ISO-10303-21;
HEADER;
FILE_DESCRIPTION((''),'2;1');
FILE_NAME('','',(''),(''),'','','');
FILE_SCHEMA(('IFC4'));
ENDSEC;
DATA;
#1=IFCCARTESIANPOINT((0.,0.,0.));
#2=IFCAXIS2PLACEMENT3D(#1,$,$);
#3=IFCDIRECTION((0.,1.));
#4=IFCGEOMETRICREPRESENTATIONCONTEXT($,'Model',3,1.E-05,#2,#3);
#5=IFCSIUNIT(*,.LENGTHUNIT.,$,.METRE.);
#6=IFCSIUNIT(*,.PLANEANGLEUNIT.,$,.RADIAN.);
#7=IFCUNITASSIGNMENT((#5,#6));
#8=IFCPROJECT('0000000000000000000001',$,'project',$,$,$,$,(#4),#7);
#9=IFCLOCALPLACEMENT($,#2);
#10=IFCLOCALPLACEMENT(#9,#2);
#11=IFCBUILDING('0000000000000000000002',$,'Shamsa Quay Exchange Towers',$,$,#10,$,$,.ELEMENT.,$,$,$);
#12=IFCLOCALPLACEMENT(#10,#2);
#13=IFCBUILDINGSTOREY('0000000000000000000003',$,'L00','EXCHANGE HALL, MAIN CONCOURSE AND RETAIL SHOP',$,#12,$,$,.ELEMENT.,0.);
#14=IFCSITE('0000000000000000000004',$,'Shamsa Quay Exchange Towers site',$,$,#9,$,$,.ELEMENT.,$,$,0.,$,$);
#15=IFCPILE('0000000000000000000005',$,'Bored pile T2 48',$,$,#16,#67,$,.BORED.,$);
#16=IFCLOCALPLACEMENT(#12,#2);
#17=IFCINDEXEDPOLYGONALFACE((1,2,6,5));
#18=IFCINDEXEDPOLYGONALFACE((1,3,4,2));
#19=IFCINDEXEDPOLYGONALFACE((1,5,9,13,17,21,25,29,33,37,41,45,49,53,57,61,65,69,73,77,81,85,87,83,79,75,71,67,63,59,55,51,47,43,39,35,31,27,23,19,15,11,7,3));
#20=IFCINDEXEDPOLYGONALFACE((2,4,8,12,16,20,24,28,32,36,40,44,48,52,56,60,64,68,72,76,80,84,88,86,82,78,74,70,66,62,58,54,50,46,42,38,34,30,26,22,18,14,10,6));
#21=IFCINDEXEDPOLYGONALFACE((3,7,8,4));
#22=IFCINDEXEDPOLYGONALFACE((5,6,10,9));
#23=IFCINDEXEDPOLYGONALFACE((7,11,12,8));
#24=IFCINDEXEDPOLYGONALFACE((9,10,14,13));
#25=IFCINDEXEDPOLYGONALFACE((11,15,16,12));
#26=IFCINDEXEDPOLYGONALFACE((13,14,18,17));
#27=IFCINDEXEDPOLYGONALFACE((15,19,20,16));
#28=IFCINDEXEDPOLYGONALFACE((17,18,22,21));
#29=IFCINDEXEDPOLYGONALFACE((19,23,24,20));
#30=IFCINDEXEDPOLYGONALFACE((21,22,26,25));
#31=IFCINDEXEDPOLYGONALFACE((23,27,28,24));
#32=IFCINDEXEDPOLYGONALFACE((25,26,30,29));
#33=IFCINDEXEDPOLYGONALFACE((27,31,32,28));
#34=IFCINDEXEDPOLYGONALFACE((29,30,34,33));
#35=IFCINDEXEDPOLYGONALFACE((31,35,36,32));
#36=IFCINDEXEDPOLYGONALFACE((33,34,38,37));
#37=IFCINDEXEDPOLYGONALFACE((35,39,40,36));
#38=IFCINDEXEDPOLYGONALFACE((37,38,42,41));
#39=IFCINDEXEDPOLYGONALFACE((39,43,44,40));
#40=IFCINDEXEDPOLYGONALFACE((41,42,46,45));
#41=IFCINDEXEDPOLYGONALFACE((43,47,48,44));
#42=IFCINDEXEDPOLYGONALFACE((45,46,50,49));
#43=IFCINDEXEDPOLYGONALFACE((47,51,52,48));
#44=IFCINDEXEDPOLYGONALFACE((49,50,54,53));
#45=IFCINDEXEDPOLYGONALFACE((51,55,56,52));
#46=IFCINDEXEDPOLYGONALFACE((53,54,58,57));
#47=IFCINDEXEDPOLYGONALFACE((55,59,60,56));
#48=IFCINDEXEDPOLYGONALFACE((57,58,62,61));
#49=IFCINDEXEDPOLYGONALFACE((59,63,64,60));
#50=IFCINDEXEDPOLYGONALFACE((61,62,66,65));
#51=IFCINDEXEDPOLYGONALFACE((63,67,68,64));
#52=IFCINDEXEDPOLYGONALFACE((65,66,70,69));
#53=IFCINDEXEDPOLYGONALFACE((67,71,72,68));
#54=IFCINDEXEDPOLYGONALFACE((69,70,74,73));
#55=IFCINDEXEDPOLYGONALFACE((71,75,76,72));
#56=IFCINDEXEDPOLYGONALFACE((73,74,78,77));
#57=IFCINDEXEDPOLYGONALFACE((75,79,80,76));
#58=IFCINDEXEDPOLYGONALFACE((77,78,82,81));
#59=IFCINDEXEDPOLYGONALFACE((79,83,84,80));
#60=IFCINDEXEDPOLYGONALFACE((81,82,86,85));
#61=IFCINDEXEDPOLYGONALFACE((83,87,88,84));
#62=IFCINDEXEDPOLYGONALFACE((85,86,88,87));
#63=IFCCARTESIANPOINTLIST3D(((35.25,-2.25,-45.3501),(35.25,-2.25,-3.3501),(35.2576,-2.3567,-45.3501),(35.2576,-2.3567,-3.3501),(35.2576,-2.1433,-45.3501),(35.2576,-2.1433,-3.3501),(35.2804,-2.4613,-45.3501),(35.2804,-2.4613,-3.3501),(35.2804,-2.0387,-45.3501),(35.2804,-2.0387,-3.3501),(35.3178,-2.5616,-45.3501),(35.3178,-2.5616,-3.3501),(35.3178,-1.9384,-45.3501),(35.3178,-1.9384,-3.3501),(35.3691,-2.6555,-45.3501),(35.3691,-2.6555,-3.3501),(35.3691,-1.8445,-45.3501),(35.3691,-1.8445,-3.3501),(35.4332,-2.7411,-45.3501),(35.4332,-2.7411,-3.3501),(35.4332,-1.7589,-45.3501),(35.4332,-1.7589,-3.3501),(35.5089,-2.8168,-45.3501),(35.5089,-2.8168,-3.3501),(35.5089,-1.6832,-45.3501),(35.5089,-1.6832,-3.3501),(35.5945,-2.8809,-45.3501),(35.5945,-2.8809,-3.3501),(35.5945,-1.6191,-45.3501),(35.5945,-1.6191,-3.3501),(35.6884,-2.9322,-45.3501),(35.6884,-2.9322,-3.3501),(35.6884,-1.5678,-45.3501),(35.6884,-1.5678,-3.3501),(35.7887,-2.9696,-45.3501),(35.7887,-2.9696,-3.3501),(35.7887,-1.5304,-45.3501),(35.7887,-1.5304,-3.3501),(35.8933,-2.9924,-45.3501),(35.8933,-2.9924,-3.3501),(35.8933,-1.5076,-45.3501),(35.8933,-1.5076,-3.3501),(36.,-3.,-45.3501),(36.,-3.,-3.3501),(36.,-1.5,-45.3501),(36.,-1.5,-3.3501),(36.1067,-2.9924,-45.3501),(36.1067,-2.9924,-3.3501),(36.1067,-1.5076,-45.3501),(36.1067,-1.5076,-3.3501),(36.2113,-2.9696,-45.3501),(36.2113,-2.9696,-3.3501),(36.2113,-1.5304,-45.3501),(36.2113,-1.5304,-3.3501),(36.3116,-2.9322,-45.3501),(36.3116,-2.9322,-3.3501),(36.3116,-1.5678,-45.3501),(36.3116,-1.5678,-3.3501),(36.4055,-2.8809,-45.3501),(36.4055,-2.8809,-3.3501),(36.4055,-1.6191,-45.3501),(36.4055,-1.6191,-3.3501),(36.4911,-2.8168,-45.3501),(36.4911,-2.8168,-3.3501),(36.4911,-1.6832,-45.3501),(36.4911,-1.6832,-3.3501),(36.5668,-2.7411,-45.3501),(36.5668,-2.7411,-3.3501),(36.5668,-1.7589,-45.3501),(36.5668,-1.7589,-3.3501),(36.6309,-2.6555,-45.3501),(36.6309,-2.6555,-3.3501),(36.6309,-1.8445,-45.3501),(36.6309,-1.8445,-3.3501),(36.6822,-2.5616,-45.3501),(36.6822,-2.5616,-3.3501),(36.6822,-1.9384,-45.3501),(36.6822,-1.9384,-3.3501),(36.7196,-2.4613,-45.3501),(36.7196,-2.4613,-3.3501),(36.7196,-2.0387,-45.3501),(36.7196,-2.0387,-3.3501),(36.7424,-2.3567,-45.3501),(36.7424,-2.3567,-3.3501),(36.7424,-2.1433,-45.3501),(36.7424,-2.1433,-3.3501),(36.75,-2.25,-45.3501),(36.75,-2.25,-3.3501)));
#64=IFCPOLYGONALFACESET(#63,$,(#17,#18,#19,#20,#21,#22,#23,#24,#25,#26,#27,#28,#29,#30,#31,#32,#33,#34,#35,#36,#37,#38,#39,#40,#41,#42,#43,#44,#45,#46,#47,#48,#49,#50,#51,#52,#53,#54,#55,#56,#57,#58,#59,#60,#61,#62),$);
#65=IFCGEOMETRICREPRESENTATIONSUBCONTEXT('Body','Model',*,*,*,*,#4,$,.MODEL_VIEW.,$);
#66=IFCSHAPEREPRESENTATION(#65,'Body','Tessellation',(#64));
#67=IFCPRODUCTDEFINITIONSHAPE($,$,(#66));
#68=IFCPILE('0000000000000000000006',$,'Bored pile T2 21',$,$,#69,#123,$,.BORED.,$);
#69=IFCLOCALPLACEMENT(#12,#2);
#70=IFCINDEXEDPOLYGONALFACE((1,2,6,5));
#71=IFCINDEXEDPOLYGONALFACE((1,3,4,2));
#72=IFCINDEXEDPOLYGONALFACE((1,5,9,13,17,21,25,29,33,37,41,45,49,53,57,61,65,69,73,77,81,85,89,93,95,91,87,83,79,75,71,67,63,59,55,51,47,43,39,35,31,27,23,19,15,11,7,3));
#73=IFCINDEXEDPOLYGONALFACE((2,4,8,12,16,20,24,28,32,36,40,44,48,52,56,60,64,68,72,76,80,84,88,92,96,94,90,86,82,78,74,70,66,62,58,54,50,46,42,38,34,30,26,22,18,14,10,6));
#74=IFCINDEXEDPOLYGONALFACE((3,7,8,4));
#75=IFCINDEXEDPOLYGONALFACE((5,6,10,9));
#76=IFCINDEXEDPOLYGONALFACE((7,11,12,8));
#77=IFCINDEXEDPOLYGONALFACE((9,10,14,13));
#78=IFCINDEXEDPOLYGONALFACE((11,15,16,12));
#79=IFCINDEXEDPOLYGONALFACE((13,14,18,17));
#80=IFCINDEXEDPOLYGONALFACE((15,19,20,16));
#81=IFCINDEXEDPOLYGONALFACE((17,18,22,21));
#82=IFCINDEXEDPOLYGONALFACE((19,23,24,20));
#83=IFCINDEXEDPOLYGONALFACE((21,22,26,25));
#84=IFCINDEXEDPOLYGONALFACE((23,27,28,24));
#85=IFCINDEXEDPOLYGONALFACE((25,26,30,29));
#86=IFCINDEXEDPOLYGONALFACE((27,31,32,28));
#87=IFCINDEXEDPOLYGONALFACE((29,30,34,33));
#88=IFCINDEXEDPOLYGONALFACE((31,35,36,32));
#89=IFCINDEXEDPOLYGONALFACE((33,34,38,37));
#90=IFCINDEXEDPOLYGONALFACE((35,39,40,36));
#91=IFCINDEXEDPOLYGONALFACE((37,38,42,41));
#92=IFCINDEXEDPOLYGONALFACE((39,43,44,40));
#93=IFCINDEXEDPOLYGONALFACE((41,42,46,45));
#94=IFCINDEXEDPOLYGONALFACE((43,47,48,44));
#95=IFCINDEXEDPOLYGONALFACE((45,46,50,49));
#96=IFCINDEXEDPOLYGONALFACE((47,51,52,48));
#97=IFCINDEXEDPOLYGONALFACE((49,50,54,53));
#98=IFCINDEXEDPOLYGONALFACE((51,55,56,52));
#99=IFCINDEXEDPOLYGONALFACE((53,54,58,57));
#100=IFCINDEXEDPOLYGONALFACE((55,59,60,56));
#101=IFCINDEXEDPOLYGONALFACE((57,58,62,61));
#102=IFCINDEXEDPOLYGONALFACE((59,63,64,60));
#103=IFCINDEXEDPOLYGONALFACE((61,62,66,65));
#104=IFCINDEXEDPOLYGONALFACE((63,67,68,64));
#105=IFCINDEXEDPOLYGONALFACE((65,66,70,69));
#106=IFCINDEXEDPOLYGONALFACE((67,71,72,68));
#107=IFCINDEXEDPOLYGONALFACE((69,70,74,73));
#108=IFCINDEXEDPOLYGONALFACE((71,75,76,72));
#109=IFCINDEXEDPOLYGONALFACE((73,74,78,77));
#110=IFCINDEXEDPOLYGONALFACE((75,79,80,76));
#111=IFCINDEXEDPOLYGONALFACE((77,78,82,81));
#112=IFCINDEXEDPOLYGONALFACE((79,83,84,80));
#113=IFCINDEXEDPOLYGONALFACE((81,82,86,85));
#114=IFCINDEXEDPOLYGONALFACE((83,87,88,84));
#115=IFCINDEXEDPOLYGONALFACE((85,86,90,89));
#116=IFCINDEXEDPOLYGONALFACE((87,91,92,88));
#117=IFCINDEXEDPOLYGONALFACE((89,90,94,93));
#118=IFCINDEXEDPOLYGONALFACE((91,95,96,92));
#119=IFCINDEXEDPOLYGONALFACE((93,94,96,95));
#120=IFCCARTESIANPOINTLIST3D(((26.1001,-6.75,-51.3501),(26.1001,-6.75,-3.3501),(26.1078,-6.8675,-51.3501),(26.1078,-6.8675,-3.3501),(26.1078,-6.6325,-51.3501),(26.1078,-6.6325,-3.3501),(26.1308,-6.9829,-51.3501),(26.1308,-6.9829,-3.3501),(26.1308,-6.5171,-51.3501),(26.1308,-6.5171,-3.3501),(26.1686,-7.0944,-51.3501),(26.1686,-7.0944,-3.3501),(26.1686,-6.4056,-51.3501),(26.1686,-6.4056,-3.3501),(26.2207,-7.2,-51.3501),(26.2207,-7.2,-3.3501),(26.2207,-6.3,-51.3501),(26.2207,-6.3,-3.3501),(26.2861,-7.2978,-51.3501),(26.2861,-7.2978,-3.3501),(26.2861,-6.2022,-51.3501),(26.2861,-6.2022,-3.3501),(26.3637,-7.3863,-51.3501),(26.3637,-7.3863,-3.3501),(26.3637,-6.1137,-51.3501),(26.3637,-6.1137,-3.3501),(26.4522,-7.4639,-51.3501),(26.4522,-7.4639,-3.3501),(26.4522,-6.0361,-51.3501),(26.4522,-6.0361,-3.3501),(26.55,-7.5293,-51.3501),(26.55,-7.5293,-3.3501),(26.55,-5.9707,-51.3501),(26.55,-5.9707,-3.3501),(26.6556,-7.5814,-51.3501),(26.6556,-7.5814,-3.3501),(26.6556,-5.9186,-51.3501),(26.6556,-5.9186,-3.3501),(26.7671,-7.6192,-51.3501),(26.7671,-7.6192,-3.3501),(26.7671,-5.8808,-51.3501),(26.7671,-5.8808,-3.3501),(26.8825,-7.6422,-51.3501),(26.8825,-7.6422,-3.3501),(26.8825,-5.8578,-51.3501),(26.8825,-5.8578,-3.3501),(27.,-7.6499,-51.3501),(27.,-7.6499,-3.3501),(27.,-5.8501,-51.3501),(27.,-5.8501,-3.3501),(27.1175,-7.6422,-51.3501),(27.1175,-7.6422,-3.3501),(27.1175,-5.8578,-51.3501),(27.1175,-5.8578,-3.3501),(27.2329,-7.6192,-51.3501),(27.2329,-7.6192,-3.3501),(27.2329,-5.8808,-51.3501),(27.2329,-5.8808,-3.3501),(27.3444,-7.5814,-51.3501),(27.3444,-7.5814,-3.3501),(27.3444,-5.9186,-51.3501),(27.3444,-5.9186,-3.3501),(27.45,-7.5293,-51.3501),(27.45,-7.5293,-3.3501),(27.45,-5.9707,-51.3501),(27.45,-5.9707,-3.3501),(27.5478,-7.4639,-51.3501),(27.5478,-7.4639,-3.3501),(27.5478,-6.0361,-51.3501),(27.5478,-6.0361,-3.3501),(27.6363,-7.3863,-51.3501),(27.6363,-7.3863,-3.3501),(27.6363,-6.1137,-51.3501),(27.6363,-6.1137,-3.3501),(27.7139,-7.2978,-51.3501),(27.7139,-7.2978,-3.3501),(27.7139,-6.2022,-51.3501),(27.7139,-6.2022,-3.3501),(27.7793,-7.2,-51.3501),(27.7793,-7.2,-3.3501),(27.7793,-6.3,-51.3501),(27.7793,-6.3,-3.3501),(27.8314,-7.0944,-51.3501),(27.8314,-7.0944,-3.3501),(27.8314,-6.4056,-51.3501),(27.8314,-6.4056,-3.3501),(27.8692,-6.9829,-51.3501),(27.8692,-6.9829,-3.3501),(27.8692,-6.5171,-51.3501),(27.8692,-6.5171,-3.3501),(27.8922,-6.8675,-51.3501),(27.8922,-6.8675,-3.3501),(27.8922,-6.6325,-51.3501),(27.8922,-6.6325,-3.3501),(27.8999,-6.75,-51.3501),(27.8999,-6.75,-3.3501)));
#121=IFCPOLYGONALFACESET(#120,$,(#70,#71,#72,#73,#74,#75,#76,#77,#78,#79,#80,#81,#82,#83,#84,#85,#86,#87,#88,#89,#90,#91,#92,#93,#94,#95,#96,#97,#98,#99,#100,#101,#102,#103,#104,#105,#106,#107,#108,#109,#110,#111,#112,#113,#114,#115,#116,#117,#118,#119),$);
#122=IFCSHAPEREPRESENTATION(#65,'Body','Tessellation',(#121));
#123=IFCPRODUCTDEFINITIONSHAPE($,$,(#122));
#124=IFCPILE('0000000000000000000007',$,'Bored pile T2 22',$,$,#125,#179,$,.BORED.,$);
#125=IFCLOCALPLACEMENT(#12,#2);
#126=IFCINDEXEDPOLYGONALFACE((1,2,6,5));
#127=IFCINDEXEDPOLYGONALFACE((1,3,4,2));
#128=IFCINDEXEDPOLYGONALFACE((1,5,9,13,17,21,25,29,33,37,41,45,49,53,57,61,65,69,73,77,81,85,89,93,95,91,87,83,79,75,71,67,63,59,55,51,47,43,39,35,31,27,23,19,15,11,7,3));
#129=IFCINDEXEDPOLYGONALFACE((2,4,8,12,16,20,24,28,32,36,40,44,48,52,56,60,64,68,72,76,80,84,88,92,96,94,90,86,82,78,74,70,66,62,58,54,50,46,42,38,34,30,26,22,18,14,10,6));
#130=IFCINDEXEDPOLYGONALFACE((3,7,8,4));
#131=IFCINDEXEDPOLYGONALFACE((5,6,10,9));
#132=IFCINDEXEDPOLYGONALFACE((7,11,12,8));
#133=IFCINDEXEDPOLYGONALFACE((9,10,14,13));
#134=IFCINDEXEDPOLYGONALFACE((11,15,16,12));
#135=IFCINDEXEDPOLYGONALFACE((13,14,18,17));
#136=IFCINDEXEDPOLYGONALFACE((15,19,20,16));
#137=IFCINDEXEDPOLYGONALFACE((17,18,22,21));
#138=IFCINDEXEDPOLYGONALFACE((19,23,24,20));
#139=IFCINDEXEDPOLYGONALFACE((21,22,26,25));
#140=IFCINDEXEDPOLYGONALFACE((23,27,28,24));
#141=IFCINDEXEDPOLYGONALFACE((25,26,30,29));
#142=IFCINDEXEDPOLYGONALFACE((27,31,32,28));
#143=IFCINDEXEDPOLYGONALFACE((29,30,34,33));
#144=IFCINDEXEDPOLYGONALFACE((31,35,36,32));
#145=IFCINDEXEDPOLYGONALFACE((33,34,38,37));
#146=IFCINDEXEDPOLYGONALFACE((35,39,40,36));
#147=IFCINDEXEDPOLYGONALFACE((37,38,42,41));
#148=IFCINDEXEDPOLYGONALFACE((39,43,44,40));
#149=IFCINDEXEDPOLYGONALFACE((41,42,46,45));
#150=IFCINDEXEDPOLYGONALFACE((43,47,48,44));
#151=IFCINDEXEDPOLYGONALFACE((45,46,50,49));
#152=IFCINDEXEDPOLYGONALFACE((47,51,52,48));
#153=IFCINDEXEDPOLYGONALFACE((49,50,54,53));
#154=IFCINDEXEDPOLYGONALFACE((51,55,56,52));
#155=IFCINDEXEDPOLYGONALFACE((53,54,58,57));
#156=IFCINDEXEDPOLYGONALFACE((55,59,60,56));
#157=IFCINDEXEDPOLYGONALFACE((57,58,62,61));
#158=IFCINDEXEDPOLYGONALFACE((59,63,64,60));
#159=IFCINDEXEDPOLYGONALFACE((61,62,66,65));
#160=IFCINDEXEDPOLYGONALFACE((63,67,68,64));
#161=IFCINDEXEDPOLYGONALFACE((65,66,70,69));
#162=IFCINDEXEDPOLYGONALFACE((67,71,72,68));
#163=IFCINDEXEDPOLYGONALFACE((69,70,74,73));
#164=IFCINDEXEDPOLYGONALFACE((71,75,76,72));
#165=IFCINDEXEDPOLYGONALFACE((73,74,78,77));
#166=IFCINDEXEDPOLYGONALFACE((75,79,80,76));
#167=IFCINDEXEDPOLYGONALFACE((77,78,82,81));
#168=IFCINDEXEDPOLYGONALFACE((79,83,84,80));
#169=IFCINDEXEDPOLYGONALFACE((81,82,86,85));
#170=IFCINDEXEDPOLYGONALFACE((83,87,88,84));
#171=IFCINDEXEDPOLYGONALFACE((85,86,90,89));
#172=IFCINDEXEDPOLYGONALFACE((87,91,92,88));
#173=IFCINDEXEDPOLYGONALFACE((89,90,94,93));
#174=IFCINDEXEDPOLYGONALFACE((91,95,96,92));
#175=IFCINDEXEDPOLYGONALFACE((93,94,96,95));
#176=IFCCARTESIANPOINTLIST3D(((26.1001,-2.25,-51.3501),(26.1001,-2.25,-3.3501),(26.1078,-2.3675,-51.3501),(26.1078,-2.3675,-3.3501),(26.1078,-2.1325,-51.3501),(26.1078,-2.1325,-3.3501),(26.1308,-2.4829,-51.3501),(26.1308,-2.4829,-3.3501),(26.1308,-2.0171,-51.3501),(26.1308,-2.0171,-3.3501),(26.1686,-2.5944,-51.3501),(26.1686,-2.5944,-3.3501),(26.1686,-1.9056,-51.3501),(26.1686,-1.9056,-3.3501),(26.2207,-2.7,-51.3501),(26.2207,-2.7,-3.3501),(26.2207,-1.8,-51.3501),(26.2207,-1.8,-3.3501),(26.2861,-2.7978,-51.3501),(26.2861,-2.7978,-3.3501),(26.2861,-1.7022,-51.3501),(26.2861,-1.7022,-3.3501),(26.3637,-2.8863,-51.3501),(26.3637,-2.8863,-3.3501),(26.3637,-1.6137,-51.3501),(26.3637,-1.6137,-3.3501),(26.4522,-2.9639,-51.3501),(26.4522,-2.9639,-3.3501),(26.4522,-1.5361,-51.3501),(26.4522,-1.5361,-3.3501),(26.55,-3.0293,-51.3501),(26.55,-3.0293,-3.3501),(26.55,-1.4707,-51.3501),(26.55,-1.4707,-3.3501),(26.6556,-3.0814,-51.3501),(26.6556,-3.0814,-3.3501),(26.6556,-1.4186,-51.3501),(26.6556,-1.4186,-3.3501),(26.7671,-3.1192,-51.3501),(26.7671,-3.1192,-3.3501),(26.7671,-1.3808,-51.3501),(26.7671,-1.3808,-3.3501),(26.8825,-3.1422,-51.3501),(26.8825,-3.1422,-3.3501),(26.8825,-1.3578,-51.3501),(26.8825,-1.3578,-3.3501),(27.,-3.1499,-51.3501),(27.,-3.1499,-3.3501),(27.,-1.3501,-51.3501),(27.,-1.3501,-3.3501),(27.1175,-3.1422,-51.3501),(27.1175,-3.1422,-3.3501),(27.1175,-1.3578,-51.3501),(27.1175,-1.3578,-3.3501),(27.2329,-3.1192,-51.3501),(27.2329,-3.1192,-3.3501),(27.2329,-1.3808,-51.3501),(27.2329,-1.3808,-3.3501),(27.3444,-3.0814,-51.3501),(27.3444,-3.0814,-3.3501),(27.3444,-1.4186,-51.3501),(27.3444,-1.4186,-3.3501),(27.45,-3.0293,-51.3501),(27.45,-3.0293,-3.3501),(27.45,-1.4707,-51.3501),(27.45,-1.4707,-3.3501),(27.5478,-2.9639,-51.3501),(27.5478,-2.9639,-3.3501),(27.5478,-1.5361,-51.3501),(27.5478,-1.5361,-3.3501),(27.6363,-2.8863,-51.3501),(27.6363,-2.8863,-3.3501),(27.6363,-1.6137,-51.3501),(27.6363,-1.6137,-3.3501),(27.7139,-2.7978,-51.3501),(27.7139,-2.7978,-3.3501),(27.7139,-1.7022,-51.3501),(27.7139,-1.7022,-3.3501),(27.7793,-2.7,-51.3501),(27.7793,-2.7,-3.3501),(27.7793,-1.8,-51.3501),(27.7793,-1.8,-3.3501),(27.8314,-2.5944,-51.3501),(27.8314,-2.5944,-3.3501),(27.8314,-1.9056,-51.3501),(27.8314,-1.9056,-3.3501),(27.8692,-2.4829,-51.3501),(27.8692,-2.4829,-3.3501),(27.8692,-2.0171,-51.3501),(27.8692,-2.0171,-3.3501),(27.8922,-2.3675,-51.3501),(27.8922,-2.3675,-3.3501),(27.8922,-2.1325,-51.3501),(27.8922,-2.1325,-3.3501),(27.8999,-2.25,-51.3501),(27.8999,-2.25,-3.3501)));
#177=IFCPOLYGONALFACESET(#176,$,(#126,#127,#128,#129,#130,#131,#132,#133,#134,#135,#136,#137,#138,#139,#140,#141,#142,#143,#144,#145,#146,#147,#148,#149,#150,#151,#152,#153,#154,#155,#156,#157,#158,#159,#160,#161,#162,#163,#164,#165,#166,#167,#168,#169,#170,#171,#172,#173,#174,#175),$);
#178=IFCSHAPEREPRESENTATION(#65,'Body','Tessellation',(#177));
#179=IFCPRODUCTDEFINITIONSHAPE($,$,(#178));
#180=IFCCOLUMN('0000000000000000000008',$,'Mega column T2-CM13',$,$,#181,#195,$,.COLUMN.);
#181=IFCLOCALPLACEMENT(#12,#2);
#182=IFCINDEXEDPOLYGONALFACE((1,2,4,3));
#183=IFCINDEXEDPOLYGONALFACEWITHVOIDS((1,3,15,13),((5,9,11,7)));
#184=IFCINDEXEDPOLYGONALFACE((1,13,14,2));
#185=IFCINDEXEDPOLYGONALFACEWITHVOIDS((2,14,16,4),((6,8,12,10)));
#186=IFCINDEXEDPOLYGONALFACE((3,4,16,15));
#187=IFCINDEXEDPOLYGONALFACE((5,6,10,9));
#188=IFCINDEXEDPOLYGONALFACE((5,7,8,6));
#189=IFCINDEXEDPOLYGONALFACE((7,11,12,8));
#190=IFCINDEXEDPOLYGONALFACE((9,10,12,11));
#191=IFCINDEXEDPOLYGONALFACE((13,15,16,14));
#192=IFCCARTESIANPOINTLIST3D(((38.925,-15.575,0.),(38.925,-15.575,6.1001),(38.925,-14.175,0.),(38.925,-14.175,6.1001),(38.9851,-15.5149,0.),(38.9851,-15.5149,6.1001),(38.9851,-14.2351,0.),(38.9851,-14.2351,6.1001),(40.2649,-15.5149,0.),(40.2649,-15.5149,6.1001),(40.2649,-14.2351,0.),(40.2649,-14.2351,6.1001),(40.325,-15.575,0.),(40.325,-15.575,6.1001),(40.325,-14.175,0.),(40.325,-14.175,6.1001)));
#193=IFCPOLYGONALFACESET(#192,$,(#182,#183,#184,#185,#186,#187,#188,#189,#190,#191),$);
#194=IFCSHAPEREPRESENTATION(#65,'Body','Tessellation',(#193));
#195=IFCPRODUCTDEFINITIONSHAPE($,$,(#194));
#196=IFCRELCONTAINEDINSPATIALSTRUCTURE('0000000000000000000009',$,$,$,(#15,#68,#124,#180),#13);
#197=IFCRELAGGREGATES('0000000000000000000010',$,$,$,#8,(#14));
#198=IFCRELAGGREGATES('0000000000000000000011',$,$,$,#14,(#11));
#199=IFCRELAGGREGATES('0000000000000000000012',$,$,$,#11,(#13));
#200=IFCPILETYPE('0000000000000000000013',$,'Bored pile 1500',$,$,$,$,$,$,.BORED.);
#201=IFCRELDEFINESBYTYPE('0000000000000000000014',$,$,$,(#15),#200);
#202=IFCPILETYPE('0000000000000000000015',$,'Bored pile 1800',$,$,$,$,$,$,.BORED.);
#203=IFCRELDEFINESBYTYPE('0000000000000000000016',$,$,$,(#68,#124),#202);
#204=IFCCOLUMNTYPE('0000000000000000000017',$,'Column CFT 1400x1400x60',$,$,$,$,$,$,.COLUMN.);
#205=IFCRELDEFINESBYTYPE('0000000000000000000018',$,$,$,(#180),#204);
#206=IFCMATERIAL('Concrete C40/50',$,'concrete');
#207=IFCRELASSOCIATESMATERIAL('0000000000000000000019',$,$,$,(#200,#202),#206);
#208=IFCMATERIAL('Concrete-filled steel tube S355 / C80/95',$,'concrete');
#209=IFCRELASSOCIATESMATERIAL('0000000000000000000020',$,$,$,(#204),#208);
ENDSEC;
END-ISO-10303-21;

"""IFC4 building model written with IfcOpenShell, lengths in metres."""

from ifc_helpers import new_model, si_unit, direction, frame, origin, origin_2d, place, context, subcontext, project, spatial, hollow_rectangle, circle, extrude, material, material_profile, profile_set, type_object, element, save


model = new_model("IFC4")

# Units and contexts
model_context = context("Model", 3, precision=1e-05, world=origin(), true_north=direction((0.0, 1.0)))
body_context = subcontext(model_context, "Body", "Model", "MODEL_VIEW")
ifc_project = project(units=[si_unit("LENGTHUNIT", "METRE"), si_unit("PLANEANGLEUNIT", "RADIAN")], contexts=[model_context])

# Site, building, storey
site_placement = place(None, origin())
site = spatial("IfcSite", under=ifc_project, at=site_placement, Name="Shamsa Quay Exchange Towers site", CompositionType="ELEMENT", RefElevation=0.0)
building_placement = place(site_placement, origin())
building = spatial("IfcBuilding", under=site, at=building_placement, Name="Shamsa Quay Exchange Towers", CompositionType="ELEMENT")
storey_placement = place(building_placement, origin())
storey = spatial("IfcBuildingStorey", under=building, at=storey_placement, Name="L00", Description="EXCHANGE HALL, MAIN CONCOURSE AND RETAIL SHOP", CompositionType="ELEMENT", Elevation=0.0)

# Piles
ifc_material_1 = material(Name="Concrete C40/50", Category="concrete")
ifc_material_profile_1 = material_profile(ifc_material_1, circle(Radius=0.75, at=origin_2d()), Name="BP1500")
ifc_profile_set_1 = profile_set([ifc_material_profile_1], Name="Concrete C40/50")
pile_type_1 = type_object("IfcPileType", Name="Bored pile 1500", PredefinedType="BORED", material=ifc_profile_set_1)
for number, where, z_axis, x_axis, name in (
    (1, (36.0, -2.25, -3.3501), (0.0, 0.0, -1.0), (1.0, 0.0, 0.0), "Bored pile T2 48"),
):
    element("IfcPile", number, at=place(storey_placement, frame(where, z_axis=z_axis, x_axis=x_axis)), inside=storey, type_object=pile_type_1, Name=name, PredefinedType="BORED", context=body_context, shape_type="SweptSolid", body=[
        extrude(circle(Radius=0.75, at=origin_2d()), origin(), (0.0, 0.0, 1.0), 42.0),
    ])
ifc_material_profile_2 = material_profile(ifc_material_1, circle(Radius=0.8999, at=origin_2d()), Name="BP1800")
ifc_profile_set_2 = profile_set([ifc_material_profile_2], Name="Concrete C40/50")
pile_type_2 = type_object("IfcPileType", Name="Bored pile 1800", PredefinedType="BORED", material=ifc_profile_set_2)
for number, where, z_axis, x_axis, name in (
    (2, (27.0, -6.75, -3.3501), (0.0, 0.0, -1.0), (1.0, 0.0, 0.0), "Bored pile T2 21"),
    (3, (27.0, -2.25, -3.3501), (0.0, 0.0, -1.0), (1.0, 0.0, 0.0), "Bored pile T2 22"),
):
    element("IfcPile", number, at=place(storey_placement, frame(where, z_axis=z_axis, x_axis=x_axis)), inside=storey, type_object=pile_type_2, Name=name, PredefinedType="BORED", context=body_context, shape_type="SweptSolid", body=[
        extrude(circle(Radius=0.8999, at=origin_2d()), origin(), (0.0, 0.0, 1.0), 48.0),
    ])

# Column
ifc_material_2 = material(Name="Concrete-filled steel tube S355 / C80/95", Category="concrete")
ifc_material_profile_3 = material_profile(ifc_material_2, hollow_rectangle(XDim=1.3999, YDim=1.3999, WallThickness=0.0601, at=origin_2d()), Name="CFT 1400x1400x60")
ifc_profile_set_3 = profile_set([ifc_material_profile_3], Name="Concrete-filled steel tube S355 / C80/95")
column_type = type_object("IfcColumnType", Name="Column CFT 1400x1400x60", PredefinedType="COLUMN", material=ifc_profile_set_3)
for number, where, name in (
    (4, (39.625, -14.875, 0.0), "Mega column T2-CM13"),
):
    element("IfcColumn", number, at=place(storey_placement, frame(where)), inside=storey, type_object=column_type, Name=name, PredefinedType="COLUMN", context=body_context, shape_type="SweptSolid", body=[
        extrude(hollow_rectangle(XDim=1.3999, YDim=1.3999, WallThickness=0.0601, at=origin_2d()), origin(), (0.0, 0.0, 1.0), 6.1001),
    ])

save(model, "model.ifc")
